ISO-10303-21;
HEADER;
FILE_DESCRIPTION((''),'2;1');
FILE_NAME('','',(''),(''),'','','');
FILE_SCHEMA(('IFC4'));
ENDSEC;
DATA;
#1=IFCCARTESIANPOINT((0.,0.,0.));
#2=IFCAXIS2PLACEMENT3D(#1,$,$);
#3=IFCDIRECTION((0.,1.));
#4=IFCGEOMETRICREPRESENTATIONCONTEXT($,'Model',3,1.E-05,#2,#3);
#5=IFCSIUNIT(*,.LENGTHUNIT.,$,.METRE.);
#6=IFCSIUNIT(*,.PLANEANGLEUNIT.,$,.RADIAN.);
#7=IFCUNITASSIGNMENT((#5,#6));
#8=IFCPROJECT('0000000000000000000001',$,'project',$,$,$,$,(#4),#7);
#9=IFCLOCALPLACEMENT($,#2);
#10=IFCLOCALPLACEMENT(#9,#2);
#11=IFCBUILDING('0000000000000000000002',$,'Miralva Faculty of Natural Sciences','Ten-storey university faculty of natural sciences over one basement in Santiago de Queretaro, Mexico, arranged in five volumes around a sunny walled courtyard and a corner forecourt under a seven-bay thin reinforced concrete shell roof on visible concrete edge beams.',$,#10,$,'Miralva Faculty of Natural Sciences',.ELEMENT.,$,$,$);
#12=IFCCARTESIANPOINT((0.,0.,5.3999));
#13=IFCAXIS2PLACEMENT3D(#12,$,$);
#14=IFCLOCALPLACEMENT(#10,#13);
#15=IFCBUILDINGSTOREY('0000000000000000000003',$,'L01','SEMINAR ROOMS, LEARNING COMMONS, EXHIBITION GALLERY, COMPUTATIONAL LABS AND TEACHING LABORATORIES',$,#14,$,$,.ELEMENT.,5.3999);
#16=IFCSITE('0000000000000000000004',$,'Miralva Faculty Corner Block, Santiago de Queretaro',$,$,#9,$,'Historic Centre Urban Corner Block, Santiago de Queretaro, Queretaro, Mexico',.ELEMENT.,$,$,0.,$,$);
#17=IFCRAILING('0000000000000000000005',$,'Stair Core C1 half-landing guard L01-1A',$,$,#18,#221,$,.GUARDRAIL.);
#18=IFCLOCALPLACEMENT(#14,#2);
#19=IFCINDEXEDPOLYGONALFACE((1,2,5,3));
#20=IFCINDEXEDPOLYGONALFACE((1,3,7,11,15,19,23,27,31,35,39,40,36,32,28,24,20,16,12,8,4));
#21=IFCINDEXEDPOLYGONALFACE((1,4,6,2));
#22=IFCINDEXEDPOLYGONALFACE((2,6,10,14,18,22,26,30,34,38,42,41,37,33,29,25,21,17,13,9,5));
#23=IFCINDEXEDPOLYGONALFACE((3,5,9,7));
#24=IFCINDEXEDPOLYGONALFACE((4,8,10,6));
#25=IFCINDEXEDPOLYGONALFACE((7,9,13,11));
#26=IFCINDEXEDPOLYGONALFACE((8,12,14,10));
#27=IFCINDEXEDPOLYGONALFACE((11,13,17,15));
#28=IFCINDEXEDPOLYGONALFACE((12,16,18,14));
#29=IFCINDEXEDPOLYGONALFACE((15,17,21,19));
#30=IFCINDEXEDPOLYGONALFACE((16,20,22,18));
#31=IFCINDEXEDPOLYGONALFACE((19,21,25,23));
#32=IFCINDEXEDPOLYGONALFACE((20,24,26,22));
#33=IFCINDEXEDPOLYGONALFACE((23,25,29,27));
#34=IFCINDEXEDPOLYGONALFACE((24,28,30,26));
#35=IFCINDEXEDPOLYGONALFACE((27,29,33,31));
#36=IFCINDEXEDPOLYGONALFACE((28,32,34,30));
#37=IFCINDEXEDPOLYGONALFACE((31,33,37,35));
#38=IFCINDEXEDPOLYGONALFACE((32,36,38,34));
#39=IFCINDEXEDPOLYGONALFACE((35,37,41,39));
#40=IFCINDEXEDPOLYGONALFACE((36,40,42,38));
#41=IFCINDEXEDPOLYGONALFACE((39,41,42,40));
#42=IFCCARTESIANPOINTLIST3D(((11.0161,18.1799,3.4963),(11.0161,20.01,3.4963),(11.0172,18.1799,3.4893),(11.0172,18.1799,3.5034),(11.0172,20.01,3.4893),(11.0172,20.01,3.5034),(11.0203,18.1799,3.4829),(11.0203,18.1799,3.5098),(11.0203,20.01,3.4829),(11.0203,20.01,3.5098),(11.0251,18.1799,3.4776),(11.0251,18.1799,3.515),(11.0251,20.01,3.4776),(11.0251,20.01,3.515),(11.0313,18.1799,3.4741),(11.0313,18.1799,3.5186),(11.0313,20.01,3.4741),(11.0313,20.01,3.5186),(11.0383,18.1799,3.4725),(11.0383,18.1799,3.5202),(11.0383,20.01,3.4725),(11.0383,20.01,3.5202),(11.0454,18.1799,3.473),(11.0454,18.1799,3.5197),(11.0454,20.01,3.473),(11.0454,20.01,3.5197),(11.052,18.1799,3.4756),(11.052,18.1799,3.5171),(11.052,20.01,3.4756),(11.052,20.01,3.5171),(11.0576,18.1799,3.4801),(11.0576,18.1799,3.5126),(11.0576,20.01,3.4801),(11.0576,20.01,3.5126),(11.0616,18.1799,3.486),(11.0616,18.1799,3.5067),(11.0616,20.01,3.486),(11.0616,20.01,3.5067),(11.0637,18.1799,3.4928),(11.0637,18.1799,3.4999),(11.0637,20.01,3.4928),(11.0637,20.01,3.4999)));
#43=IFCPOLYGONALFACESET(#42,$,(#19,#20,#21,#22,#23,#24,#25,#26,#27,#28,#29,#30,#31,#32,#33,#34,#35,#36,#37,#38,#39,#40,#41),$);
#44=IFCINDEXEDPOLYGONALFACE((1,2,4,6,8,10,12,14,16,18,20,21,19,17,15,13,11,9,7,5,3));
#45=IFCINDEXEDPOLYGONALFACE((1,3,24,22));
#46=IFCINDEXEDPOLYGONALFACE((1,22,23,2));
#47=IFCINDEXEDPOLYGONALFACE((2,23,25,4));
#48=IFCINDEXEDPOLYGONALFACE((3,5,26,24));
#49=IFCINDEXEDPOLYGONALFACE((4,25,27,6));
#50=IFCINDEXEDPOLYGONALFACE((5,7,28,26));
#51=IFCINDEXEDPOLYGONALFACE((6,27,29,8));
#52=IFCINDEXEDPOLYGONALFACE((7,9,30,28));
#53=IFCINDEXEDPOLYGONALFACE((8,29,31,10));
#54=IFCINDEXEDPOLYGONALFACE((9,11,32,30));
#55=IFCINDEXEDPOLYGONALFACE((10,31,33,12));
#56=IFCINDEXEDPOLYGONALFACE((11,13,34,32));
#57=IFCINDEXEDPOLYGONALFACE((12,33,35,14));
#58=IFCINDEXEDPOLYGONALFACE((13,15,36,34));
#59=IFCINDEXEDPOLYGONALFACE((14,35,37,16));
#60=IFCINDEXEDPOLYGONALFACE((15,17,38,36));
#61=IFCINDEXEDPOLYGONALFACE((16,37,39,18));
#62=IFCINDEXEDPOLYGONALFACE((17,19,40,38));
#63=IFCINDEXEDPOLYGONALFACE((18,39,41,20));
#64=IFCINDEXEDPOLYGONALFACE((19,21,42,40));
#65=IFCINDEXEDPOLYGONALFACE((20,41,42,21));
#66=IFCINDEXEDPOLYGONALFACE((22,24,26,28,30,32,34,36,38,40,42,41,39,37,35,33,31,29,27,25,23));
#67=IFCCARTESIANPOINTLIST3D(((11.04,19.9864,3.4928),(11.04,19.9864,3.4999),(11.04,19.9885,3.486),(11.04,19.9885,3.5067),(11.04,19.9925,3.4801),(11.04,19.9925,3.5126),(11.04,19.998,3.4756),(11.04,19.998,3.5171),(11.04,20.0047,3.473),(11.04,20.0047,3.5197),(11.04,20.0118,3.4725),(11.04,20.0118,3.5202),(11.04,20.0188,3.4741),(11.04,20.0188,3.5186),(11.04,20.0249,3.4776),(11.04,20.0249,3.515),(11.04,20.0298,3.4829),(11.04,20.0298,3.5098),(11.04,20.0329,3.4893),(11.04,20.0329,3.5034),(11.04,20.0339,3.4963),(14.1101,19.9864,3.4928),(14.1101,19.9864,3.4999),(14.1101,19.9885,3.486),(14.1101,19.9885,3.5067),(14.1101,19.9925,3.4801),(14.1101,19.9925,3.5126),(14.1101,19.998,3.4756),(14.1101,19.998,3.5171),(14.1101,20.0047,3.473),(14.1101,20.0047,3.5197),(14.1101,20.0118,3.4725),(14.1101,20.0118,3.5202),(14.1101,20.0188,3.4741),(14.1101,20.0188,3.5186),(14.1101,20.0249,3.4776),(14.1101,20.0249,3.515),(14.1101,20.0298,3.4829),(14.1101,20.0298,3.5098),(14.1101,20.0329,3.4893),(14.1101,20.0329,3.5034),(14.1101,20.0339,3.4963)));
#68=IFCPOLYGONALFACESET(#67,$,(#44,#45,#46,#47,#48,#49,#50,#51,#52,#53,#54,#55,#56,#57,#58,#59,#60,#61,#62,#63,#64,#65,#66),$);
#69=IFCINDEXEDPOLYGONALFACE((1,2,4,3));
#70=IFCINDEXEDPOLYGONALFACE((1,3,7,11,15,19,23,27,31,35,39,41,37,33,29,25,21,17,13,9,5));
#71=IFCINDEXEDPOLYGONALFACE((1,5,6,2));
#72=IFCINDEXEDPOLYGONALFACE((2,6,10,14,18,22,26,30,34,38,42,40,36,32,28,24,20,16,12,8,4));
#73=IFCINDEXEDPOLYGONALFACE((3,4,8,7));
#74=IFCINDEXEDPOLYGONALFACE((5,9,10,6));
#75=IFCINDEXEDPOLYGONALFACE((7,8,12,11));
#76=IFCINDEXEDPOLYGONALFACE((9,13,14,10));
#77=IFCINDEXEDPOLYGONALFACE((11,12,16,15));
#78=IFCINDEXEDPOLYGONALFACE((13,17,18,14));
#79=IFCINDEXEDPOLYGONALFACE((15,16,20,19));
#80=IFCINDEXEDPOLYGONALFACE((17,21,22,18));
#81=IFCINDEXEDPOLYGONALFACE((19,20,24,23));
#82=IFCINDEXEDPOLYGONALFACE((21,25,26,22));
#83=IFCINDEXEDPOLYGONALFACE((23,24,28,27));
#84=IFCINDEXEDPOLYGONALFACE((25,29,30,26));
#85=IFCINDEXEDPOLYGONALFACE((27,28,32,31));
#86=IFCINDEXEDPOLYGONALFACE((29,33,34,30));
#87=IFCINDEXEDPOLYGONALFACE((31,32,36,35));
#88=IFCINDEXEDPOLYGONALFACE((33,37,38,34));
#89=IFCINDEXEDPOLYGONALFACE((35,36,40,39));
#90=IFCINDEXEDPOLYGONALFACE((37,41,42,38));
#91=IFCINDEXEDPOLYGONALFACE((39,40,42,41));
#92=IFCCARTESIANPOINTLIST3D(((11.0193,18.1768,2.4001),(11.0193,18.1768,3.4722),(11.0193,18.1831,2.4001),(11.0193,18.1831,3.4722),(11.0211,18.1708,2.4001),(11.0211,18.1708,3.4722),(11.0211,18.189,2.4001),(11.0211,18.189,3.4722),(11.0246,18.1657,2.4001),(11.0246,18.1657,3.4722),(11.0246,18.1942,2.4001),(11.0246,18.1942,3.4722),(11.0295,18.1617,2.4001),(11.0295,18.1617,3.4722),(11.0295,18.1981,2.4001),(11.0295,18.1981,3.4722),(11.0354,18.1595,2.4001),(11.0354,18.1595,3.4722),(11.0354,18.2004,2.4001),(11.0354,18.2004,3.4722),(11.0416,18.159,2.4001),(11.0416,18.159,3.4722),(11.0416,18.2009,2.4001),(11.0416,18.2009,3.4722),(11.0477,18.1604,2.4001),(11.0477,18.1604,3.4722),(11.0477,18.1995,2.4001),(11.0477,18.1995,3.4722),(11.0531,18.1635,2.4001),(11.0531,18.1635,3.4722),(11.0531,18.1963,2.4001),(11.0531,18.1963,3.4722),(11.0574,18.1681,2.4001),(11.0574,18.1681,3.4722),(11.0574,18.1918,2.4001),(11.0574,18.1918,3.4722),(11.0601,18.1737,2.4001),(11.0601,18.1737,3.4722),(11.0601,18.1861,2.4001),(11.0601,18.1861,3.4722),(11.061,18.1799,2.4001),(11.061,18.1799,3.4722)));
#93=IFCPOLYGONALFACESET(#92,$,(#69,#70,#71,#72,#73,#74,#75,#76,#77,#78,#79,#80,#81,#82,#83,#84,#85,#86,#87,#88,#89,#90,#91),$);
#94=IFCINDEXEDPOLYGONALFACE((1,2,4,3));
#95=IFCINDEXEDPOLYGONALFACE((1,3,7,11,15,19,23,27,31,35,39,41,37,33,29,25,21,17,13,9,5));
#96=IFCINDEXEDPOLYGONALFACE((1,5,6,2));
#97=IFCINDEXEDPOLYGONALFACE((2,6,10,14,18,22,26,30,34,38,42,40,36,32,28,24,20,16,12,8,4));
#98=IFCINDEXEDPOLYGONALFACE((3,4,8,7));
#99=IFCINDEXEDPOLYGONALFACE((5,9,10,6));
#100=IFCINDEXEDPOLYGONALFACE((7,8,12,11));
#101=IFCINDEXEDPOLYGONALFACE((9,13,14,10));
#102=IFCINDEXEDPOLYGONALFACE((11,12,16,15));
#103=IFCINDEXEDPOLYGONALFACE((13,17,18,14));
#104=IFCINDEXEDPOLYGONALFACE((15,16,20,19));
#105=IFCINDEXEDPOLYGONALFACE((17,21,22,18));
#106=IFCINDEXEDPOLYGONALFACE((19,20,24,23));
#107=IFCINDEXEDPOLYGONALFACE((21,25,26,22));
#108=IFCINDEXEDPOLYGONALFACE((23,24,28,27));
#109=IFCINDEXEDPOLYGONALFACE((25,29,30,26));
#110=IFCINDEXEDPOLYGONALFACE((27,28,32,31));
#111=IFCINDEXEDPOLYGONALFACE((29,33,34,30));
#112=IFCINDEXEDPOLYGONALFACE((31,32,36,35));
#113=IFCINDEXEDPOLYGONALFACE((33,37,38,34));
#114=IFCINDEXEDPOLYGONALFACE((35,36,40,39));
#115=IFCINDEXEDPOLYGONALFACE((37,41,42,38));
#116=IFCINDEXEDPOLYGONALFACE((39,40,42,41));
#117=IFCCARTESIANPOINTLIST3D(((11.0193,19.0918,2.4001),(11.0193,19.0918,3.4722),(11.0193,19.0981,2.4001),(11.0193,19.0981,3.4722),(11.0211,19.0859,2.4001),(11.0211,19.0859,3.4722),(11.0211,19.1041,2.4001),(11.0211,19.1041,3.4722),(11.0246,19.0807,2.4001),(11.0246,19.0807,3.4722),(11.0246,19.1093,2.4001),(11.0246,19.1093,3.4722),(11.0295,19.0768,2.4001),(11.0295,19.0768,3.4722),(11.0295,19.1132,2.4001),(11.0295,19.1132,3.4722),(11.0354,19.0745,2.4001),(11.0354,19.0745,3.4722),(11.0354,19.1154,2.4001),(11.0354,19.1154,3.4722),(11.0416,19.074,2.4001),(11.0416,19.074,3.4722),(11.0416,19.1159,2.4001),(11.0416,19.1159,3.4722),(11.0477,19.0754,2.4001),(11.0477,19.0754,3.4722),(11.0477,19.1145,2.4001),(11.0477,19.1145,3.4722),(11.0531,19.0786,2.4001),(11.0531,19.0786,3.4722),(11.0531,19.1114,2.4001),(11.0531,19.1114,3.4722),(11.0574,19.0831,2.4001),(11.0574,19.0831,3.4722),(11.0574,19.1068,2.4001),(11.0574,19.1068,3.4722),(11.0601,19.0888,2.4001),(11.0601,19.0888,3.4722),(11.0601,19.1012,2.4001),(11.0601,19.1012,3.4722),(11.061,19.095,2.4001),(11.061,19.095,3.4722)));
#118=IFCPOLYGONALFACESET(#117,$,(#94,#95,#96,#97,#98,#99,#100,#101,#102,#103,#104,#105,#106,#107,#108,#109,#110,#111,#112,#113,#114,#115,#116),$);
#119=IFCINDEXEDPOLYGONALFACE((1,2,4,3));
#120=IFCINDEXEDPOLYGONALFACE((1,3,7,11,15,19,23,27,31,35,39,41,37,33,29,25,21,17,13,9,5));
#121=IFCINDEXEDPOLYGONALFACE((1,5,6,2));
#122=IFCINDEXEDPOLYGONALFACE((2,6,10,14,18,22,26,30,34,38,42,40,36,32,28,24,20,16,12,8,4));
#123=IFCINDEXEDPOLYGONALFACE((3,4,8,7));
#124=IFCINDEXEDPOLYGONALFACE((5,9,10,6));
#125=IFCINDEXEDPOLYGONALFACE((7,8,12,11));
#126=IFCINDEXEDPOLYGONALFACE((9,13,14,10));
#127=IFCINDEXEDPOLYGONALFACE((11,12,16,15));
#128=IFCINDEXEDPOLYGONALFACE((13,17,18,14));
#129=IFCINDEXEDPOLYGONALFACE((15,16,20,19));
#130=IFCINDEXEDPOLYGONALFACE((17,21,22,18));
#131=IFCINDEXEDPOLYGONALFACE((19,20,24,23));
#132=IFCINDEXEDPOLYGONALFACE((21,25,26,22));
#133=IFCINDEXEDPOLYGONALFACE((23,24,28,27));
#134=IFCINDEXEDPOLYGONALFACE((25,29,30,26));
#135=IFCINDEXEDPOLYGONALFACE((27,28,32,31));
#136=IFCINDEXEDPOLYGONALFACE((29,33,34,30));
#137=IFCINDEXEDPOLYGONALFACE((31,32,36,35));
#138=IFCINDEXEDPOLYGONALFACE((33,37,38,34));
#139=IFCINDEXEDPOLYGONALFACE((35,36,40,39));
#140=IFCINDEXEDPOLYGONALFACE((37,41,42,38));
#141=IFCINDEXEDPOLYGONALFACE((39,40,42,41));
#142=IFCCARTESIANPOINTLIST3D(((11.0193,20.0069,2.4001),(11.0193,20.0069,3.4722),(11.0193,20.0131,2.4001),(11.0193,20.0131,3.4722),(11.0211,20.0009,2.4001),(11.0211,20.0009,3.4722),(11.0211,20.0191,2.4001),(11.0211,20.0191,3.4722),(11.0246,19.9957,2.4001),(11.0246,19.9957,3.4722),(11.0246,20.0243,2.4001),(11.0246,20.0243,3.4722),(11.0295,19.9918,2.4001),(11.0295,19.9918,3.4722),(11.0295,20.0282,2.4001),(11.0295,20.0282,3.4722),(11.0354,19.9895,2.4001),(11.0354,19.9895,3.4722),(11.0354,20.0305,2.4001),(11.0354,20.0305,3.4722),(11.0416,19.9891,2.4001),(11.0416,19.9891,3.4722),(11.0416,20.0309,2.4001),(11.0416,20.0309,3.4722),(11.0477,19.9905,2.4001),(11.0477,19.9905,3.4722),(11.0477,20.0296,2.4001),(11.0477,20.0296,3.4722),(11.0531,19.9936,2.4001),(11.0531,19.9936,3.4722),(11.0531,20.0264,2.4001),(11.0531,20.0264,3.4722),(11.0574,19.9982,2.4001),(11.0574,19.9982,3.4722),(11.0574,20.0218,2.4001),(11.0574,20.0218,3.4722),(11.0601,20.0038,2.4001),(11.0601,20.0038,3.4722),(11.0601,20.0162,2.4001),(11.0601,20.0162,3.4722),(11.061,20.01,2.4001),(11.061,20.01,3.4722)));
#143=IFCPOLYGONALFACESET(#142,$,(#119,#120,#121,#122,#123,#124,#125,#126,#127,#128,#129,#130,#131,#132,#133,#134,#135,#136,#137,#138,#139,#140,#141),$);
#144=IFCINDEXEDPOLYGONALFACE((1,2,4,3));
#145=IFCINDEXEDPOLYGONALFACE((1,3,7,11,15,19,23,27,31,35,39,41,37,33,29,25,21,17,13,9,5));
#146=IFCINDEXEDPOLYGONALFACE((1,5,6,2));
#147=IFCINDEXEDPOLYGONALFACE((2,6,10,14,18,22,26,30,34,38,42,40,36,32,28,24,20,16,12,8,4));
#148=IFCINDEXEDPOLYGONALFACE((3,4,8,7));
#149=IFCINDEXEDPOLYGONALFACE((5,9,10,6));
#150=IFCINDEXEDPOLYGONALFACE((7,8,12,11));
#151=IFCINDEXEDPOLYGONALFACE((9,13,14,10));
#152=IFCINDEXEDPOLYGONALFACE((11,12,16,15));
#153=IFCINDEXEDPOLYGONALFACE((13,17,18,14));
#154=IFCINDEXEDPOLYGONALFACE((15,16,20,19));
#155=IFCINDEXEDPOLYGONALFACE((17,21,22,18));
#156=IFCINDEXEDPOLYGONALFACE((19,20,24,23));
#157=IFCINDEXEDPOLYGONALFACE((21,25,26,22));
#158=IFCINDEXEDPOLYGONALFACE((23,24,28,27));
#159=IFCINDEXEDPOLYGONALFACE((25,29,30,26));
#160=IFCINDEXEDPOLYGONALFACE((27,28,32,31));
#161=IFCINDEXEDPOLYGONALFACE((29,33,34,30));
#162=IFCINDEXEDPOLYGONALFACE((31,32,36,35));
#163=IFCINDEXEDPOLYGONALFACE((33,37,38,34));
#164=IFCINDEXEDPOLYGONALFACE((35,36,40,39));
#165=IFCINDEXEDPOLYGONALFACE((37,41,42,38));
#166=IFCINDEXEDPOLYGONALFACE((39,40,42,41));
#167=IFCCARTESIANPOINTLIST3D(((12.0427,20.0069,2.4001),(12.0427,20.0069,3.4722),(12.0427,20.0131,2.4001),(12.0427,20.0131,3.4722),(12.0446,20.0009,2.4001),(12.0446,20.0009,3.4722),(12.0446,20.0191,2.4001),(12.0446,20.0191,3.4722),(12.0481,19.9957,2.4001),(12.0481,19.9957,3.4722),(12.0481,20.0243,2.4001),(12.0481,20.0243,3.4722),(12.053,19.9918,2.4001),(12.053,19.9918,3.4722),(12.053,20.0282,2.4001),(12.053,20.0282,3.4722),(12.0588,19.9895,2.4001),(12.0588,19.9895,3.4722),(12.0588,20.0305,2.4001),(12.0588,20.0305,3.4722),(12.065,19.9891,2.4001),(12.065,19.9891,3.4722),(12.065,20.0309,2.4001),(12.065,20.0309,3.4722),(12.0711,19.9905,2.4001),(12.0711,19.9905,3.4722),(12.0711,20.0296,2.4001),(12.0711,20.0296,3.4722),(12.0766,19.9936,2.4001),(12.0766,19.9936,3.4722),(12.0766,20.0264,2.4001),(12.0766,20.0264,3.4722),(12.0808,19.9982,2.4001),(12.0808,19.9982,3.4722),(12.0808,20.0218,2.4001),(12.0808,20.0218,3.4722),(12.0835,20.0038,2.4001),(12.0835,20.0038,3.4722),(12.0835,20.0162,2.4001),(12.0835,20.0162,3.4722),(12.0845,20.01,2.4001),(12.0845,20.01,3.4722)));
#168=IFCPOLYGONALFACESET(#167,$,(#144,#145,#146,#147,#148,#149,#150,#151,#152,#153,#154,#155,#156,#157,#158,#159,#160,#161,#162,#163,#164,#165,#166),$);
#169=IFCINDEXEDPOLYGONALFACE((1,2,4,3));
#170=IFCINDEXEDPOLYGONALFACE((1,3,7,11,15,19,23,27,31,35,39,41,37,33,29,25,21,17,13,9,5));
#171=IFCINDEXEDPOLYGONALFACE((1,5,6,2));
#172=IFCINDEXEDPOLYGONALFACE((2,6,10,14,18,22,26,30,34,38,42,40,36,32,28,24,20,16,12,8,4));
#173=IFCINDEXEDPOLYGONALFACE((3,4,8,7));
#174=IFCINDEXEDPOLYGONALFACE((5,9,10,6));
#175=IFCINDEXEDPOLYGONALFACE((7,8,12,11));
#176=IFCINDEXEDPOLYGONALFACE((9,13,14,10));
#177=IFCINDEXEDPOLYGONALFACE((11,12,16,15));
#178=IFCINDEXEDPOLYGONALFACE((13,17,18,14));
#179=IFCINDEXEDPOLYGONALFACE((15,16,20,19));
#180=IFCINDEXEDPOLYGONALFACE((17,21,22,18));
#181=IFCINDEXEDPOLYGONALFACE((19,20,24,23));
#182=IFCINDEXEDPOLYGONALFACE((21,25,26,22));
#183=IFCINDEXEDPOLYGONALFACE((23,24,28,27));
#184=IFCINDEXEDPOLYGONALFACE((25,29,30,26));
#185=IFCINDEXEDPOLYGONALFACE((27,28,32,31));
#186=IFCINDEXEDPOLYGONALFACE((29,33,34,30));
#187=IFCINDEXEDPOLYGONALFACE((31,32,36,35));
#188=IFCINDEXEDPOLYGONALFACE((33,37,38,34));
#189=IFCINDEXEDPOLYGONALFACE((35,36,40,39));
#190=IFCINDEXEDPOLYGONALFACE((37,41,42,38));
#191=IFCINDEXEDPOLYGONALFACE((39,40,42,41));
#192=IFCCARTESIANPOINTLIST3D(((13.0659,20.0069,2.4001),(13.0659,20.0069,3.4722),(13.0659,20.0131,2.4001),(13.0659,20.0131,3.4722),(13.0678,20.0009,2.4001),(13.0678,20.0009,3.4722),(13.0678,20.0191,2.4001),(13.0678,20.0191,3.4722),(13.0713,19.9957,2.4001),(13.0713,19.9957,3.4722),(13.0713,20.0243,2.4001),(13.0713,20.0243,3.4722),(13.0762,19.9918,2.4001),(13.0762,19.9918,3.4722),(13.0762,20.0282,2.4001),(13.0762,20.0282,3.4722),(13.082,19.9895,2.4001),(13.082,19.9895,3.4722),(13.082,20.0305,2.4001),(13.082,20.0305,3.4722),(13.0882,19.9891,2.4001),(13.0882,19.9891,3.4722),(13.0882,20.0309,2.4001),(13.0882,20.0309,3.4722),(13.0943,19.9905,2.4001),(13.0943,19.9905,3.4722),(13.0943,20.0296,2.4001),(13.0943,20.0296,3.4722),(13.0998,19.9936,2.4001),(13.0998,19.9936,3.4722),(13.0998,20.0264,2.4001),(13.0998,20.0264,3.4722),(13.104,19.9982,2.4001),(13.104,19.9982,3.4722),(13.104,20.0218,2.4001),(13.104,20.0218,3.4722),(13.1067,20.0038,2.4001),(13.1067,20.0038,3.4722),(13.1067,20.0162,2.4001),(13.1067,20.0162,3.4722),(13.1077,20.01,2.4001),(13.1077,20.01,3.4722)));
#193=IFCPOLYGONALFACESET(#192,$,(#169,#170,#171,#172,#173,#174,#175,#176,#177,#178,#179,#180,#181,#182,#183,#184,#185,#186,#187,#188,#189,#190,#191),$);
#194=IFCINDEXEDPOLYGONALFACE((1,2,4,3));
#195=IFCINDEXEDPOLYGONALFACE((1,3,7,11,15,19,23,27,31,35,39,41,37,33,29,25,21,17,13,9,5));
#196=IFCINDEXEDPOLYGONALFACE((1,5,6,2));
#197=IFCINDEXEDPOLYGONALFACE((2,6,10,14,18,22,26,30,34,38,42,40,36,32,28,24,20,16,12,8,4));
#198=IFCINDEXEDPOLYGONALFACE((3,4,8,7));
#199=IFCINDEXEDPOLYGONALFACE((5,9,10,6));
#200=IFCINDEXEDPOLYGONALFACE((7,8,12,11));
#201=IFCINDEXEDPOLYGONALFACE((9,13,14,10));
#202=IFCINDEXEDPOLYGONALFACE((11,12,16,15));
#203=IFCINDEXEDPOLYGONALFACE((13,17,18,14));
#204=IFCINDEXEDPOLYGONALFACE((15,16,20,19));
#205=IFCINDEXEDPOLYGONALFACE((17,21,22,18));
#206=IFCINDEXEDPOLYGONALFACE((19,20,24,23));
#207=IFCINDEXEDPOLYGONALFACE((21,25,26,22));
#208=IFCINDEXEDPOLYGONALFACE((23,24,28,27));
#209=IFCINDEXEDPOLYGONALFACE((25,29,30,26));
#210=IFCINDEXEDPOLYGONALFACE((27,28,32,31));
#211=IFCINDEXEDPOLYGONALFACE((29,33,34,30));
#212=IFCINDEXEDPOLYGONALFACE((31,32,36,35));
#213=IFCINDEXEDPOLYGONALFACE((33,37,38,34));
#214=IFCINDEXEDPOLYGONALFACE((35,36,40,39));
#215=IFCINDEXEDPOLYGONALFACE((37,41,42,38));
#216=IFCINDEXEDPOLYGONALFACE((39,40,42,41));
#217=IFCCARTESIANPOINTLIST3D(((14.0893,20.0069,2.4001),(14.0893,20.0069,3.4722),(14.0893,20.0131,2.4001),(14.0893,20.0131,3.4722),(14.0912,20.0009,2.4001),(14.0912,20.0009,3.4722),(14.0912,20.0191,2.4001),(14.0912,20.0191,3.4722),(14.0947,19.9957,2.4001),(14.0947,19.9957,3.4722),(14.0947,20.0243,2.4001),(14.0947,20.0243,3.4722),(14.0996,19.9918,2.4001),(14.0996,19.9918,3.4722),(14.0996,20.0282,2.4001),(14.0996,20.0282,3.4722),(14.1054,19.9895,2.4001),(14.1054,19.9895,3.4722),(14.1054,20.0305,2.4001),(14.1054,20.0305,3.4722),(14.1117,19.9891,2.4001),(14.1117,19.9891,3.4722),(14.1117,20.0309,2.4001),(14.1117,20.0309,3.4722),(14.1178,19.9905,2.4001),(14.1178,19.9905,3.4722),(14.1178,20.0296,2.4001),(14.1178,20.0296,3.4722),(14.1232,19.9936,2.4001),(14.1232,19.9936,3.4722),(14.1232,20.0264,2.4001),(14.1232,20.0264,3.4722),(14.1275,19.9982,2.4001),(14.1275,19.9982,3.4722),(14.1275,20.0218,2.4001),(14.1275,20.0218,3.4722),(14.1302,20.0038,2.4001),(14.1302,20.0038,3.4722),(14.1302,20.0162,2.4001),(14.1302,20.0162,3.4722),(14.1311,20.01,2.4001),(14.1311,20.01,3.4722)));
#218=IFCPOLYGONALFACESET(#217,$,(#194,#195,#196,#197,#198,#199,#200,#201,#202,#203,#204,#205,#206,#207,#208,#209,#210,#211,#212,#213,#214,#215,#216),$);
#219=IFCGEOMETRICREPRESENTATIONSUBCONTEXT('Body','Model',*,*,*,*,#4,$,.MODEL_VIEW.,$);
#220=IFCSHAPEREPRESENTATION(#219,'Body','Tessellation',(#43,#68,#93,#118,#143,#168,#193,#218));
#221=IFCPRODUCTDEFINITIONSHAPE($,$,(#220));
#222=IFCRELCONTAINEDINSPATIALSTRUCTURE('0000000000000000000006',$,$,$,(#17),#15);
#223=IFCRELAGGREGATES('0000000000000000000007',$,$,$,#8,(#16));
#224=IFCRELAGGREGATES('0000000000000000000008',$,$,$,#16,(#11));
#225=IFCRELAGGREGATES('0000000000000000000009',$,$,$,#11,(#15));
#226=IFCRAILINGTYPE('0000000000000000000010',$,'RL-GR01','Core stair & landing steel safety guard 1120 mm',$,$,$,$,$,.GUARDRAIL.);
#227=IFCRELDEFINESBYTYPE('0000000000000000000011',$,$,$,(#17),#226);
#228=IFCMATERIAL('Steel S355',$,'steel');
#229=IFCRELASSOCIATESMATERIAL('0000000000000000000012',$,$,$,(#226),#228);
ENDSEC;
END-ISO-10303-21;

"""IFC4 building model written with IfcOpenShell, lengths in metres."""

from ifc_helpers import new_model, si_unit, direction, frame, origin, origin_2d, place, context, subcontext, project, spatial, circle, extrude, material, type_object, element, save


model = new_model("IFC4")

# Units and contexts
model_context = context("Model", 3, precision=1e-05, world=origin(), true_north=direction((0.0, 1.0)))
body_context = subcontext(model_context, "Body", "Model", "MODEL_VIEW")
ifc_project = project(units=[si_unit("LENGTHUNIT", "METRE"), si_unit("PLANEANGLEUNIT", "RADIAN")], contexts=[model_context])

# Site, building, storey
site_placement = place(None, origin())
site = spatial("IfcSite", under=ifc_project, at=site_placement, Name="Miralva Faculty Corner Block, Santiago de Queretaro", LongName="Historic Centre Urban Corner Block, Santiago de Queretaro, Queretaro, Mexico", CompositionType="ELEMENT", RefElevation=0.0)
building_placement = place(site_placement, origin())
building = spatial("IfcBuilding", under=site, at=building_placement, Name="Miralva Faculty of Natural Sciences", Description="Ten-storey university faculty of natural sciences over one basement in Santiago de Queretaro, Mexico, arranged in five volumes around a sunny walled courtyard and a corner forecourt under a seven-bay thin reinforced concrete shell roof on visible concrete edge beams.", LongName="Miralva Faculty of Natural Sciences", CompositionType="ELEMENT")
storey_placement = place(building_placement, frame((0.0, 0.0, 5.3999)))
storey = spatial("IfcBuildingStorey", under=building, at=storey_placement, Name="L01", Description="SEMINAR ROOMS, LEARNING COMMONS, EXHIBITION GALLERY, COMPUTATIONAL LABS AND TEACHING LABORATORIES", CompositionType="ELEMENT", Elevation=5.3999)

# Railing
ifc_material_1 = material(Name="Steel S355", Category="steel")
railing_type_1 = type_object("IfcRailingType", Name="RL-GR01", Description="Core stair & landing steel safety guard 1120 mm", PredefinedType="GUARDRAIL", material=ifc_material_1)
railing_1_placement = place(storey_placement, frame((11.04, 18.1799, 2.4001)))
element("IfcRailing", 1, at=railing_1_placement, inside=storey, type_object=railing_type_1, Name="Stair Core C1 half-landing guard L01-1A", PredefinedType="GUARDRAIL", context=body_context, shape_type="SweptSolid", body=[
    extrude(circle(Radius=0.0239, at=origin_2d()), frame((0.0, 0.0, 1.0962), z_axis=(0.0, 1.0, 0.0), x_axis=(-1.0, 0.0, 0.0)), (0.0, 0.0, 1.0), 1.8301),
    extrude(circle(Radius=0.0239, at=origin_2d()), frame((0.0, 1.8301, 1.0962), z_axis=(1.0, 0.0, 0.0), x_axis=(0.0, 1.0, 0.0)), (0.0, 0.0, 1.0), 3.0701),
    extrude(circle(Radius=0.021, at=origin_2d()), origin(), (0.0, 0.0, 1.0), 1.072),
    extrude(circle(Radius=0.021, at=origin_2d()), frame((0.0, 0.915, 0.0)), (0.0, 0.0, 1.0), 1.072),
    extrude(circle(Radius=0.021, at=origin_2d()), frame((0.0, 1.8301, 0.0)), (0.0, 0.0, 1.0), 1.072),
    extrude(circle(Radius=0.021, at=origin_2d()), frame((1.0234, 1.8301, 0.0)), (0.0, 0.0, 1.0), 1.072),
    extrude(circle(Radius=0.021, at=origin_2d()), frame((2.0466, 1.8301, 0.0)), (0.0, 0.0, 1.0), 1.072),
    extrude(circle(Radius=0.021, at=origin_2d()), frame((3.0701, 1.8301, 0.0)), (0.0, 0.0, 1.0), 1.072),
])

save(model, "model.ifc")
